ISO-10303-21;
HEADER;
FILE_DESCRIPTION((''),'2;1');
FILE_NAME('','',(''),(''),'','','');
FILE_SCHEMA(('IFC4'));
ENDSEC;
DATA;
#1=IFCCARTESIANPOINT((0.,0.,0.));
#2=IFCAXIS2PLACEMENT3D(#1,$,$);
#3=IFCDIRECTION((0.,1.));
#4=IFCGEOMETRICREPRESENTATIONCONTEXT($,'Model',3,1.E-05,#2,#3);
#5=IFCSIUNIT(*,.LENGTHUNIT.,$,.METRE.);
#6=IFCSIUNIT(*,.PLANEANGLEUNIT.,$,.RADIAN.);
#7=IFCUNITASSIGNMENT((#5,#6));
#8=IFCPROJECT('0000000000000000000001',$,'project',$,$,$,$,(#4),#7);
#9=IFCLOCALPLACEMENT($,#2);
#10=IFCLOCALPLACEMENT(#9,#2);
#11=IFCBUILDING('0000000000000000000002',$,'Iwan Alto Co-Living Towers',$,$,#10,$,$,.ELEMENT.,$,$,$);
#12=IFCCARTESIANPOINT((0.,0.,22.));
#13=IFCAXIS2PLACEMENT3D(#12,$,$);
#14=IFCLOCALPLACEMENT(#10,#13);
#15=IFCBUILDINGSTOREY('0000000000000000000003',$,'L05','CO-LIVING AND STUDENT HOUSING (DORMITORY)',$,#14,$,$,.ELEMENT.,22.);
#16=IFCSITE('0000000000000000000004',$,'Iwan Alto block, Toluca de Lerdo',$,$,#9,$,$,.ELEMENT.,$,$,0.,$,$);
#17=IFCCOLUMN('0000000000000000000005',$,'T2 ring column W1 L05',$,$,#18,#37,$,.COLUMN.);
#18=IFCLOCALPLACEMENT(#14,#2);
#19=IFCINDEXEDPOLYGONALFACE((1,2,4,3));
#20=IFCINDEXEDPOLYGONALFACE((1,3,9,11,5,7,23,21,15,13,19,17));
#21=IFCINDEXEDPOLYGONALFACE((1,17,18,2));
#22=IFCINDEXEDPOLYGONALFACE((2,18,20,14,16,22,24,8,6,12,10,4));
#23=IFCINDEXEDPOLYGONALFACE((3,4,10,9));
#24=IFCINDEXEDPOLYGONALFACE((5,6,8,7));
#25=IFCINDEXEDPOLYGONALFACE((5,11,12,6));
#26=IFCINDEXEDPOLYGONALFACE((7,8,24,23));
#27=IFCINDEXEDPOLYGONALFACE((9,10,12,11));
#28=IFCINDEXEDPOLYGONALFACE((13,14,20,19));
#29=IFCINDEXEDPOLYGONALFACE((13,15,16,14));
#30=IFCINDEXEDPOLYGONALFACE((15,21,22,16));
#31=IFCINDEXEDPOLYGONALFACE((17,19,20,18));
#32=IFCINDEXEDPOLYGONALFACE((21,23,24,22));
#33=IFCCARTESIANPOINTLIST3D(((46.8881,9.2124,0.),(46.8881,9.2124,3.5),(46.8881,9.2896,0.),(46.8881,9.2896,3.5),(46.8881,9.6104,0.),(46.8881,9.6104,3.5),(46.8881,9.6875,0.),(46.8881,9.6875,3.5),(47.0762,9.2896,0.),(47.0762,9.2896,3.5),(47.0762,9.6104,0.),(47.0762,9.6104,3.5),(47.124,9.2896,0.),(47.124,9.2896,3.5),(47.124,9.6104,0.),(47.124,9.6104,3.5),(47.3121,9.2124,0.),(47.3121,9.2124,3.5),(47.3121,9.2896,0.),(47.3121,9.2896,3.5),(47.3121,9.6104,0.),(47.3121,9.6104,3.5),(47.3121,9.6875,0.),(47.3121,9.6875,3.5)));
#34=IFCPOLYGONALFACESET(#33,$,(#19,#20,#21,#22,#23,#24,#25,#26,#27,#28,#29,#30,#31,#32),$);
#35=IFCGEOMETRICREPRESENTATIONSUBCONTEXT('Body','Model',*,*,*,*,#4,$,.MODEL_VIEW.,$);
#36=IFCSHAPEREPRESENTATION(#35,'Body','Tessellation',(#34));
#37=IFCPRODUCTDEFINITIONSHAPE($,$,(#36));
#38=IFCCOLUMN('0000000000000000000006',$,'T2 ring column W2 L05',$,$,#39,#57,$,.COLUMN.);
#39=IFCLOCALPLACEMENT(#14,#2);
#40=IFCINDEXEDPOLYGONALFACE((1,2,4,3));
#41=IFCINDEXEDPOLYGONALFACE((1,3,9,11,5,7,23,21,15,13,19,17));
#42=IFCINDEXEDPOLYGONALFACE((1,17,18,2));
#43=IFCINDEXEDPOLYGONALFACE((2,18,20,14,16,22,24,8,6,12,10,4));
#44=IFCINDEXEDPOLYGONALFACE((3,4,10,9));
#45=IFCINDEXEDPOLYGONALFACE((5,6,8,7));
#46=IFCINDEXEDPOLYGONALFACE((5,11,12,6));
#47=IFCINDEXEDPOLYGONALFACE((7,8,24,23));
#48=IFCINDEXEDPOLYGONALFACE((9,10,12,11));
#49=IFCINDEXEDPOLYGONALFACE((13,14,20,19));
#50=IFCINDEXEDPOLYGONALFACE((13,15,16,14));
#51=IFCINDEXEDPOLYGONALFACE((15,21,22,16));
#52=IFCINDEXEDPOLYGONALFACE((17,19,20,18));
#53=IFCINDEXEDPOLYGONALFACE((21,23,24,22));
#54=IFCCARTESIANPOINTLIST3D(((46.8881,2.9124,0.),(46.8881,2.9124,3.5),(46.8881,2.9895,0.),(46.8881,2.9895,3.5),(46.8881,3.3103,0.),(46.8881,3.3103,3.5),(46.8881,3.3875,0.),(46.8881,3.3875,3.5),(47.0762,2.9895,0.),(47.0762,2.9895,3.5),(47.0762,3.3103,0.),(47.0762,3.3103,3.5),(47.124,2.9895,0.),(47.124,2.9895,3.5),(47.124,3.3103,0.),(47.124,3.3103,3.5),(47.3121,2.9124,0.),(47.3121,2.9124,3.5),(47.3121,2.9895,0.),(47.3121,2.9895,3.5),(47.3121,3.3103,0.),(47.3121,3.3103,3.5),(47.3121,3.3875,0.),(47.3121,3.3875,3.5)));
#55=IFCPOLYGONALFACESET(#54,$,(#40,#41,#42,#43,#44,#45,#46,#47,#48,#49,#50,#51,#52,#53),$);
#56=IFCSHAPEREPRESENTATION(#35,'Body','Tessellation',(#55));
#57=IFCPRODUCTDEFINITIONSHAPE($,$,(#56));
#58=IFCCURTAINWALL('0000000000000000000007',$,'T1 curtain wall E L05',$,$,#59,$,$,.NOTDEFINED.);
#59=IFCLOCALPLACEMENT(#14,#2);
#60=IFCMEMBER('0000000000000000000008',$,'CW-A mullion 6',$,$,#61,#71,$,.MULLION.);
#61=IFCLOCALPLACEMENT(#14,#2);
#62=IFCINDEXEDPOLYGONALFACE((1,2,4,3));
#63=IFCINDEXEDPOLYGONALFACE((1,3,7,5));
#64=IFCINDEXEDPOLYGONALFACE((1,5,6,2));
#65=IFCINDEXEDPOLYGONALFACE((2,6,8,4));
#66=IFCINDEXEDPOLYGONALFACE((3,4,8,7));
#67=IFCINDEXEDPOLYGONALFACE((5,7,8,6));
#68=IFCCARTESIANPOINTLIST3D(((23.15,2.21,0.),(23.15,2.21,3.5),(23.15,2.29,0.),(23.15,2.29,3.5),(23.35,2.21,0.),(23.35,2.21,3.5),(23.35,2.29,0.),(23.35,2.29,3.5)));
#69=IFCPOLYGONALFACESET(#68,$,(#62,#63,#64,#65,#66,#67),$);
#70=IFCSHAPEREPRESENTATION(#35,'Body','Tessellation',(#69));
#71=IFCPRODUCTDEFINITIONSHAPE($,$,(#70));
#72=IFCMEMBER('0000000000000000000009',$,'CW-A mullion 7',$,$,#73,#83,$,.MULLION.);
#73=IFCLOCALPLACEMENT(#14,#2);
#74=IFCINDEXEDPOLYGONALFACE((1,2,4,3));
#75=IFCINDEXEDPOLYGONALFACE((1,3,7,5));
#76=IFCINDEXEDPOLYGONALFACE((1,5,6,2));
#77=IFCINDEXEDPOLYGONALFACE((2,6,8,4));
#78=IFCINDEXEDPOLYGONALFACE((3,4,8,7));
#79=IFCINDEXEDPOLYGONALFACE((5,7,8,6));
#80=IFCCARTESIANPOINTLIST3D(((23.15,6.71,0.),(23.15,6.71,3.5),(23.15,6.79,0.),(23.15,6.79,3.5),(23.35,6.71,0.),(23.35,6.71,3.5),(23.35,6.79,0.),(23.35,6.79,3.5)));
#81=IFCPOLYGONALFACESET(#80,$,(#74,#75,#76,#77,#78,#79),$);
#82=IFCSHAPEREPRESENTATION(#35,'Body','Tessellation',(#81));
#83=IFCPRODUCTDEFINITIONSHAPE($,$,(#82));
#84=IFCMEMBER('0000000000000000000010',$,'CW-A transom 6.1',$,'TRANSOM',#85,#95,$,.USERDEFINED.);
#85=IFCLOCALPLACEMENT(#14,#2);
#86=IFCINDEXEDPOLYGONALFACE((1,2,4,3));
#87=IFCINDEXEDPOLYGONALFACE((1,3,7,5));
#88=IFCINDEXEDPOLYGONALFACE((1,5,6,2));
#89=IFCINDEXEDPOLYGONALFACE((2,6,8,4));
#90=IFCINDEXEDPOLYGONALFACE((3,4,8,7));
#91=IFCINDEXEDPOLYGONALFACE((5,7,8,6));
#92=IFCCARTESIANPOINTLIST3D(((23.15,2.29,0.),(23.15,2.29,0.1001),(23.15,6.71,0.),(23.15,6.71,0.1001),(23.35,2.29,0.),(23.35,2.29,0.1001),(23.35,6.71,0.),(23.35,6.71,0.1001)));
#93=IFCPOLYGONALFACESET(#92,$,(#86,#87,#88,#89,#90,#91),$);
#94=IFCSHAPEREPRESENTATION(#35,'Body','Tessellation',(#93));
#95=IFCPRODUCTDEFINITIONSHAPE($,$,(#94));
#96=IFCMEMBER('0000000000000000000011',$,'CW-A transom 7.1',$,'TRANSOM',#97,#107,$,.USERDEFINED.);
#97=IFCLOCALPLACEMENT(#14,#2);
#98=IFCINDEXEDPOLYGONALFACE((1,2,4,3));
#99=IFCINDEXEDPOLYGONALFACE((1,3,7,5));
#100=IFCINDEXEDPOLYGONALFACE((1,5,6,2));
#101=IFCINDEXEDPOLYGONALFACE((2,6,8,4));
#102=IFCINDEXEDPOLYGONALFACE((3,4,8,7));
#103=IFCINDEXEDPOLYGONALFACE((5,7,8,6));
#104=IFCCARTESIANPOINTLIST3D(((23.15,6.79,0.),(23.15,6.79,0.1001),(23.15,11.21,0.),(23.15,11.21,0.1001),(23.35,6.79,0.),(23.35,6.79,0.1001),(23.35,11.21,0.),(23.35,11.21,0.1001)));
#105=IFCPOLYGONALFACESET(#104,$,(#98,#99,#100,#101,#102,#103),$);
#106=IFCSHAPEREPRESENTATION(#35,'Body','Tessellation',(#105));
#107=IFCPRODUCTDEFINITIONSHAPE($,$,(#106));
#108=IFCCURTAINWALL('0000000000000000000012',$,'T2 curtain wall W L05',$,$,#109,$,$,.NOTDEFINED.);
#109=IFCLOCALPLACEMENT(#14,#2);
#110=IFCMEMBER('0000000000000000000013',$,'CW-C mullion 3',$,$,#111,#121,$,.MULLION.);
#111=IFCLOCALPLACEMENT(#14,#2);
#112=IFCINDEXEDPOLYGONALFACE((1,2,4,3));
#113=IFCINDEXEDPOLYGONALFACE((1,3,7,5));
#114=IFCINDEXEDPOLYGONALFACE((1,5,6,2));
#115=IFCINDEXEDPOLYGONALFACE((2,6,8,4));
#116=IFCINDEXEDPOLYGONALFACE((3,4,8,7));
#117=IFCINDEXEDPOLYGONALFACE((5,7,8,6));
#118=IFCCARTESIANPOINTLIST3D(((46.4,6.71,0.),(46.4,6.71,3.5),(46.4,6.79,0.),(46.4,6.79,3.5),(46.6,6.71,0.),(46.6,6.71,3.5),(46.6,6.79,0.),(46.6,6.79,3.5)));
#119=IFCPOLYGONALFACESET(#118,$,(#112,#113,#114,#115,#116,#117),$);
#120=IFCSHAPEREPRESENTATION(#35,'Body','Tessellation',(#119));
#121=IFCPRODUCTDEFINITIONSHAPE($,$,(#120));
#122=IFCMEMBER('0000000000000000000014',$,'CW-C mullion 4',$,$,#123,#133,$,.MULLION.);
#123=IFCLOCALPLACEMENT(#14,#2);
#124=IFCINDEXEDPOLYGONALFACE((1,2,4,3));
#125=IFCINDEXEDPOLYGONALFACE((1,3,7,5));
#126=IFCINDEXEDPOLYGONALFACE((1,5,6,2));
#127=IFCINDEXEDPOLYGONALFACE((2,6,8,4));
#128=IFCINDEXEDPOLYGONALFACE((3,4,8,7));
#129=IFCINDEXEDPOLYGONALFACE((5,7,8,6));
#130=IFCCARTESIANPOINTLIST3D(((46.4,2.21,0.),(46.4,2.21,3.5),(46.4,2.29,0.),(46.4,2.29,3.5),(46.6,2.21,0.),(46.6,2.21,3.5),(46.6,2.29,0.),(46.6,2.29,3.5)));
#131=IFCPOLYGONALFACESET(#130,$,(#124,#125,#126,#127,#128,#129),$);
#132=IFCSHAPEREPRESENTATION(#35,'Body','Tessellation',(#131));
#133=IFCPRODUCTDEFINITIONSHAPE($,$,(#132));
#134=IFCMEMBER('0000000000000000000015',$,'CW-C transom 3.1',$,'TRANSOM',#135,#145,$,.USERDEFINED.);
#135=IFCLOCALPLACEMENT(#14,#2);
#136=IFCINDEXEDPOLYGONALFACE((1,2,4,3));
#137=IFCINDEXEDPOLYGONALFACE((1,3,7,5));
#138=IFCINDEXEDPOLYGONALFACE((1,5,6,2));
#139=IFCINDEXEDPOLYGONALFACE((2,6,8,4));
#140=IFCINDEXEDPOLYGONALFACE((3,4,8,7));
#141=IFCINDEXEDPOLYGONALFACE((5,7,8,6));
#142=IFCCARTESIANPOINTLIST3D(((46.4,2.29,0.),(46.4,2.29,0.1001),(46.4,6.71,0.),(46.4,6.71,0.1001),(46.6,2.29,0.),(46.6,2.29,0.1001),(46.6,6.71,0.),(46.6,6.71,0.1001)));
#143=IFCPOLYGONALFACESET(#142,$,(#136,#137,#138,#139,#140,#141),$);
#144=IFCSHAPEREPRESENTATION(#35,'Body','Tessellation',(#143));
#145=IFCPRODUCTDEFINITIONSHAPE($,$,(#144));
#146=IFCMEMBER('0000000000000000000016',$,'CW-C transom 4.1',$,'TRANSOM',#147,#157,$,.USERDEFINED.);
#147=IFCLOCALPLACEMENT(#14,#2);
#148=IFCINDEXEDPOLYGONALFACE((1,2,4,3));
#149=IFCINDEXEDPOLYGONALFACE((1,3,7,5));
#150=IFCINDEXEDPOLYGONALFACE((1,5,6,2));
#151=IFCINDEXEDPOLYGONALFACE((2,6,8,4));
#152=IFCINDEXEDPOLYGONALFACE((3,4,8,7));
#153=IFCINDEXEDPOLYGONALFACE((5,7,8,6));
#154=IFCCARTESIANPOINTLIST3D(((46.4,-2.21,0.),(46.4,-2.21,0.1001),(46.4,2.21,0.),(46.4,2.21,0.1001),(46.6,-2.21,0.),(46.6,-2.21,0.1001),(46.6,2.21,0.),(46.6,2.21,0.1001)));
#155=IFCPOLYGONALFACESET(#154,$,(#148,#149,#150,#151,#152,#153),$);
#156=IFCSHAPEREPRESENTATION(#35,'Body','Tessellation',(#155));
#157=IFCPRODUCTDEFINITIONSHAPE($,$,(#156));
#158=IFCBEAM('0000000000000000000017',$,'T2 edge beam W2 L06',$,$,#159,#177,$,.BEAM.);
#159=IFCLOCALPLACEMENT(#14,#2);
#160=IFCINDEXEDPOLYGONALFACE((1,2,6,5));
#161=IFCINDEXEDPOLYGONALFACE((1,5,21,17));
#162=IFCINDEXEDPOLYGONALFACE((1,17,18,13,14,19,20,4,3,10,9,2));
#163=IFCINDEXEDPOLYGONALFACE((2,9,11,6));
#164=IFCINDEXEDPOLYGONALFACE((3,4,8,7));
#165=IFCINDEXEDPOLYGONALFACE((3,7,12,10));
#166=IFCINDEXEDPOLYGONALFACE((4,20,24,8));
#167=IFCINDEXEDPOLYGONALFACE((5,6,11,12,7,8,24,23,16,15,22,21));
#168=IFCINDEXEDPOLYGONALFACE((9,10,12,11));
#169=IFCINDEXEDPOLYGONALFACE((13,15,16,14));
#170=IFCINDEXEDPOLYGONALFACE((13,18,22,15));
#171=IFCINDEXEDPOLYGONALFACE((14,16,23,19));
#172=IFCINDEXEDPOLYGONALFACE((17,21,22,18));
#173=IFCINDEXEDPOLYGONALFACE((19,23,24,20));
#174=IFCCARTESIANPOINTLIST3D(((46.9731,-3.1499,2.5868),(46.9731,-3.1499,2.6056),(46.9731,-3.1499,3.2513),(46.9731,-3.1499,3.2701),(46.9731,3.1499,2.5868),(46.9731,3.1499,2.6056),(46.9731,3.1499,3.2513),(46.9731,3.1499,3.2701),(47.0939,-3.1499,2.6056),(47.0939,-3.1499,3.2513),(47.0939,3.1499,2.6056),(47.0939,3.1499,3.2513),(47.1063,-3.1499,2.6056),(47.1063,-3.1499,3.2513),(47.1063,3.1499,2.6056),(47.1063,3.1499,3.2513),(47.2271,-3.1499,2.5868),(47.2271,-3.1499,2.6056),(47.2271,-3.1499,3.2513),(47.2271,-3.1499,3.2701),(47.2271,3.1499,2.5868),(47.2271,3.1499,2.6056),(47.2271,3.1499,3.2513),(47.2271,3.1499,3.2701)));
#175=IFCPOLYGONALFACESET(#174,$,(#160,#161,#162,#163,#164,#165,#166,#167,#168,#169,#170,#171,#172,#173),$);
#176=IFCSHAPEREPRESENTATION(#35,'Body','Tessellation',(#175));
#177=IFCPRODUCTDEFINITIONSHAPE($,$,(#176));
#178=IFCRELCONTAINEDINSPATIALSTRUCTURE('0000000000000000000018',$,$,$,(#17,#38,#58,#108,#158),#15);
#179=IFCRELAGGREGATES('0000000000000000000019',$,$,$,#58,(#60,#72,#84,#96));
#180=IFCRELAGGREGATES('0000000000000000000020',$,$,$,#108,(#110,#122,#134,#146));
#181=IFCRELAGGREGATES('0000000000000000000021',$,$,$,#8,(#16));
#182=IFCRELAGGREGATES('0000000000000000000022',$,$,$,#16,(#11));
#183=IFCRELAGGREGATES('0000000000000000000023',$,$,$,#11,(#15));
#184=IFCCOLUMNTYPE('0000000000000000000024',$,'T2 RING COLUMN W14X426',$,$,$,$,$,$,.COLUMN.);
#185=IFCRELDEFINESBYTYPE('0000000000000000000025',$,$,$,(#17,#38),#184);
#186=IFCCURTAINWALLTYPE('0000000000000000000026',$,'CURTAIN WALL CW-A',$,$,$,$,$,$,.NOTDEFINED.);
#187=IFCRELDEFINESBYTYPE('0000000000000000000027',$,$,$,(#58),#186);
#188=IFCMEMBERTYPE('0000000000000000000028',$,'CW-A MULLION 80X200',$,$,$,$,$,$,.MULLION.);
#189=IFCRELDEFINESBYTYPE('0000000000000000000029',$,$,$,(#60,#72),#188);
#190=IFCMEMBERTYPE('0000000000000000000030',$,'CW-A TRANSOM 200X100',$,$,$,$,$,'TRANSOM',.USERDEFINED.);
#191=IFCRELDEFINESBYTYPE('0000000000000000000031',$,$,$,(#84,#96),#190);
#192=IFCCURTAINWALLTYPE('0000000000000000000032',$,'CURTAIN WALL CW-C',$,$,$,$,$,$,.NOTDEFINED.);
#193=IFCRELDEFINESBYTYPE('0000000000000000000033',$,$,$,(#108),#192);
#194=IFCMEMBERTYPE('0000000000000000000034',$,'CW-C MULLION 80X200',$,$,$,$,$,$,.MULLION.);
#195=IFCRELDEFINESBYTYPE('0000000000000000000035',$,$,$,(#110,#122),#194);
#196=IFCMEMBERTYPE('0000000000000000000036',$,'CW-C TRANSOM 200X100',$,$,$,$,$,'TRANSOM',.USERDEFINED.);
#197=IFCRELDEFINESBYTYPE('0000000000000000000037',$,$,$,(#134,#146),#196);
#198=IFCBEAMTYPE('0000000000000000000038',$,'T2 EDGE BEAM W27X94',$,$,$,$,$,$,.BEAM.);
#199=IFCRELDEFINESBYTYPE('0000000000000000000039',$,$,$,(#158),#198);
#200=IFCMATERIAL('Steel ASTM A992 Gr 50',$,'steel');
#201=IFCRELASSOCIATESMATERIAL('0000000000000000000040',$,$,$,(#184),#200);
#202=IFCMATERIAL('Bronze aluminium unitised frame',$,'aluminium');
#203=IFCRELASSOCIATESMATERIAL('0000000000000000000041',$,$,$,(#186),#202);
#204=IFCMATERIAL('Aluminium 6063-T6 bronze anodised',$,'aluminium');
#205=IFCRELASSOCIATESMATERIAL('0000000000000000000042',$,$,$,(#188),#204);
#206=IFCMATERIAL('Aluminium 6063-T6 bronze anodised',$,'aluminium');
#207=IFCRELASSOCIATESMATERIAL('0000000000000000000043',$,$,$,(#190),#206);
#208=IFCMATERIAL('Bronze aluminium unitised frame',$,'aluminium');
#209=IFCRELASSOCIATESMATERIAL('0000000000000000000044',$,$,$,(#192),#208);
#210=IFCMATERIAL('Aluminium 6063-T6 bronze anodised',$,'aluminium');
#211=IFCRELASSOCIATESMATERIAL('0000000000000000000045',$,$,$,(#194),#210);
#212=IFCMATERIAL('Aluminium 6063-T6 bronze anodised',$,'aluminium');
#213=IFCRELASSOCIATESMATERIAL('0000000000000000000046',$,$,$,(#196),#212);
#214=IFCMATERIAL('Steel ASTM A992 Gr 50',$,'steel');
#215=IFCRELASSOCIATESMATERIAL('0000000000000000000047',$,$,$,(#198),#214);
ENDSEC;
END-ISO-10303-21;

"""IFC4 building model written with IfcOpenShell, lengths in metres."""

from ifc_helpers import new_model, si_unit, direction, frame, origin, origin_2d, place, context, subcontext, project, spatial, rectangle, i_section, extrude, material, material_profile, profile_set, type_object, element, aggregate, save


model = new_model("IFC4")

# Units and contexts
model_context = context("Model", 3, precision=1e-05, world=origin(), true_north=direction((0.0, 1.0)))
body_context = subcontext(model_context, "Body", "Model", "MODEL_VIEW")
ifc_project = project(units=[si_unit("LENGTHUNIT", "METRE"), si_unit("PLANEANGLEUNIT", "RADIAN")], contexts=[model_context])

# Site, building, storey
site_placement = place(None, origin())
site = spatial("IfcSite", under=ifc_project, at=site_placement, Name="Iwan Alto block, Toluca de Lerdo", CompositionType="ELEMENT", RefElevation=0.0)
building_placement = place(site_placement, origin())
building = spatial("IfcBuilding", under=site, at=building_placement, Name="Iwan Alto Co-Living Towers", CompositionType="ELEMENT")
storey_placement = place(building_placement, frame((0.0, 0.0, 22.0)))
storey = spatial("IfcBuildingStorey", under=building, at=storey_placement, Name="L05", Description="CO-LIVING AND STUDENT HOUSING (DORMITORY)", CompositionType="ELEMENT", Elevation=22.0)

# Columns
ifc_material_1 = material(Name="Steel ASTM A992 Gr 50", Category="steel")
ifc_material_profile_1 = material_profile(ifc_material_1, i_section(OverallWidth=0.4241, OverallDepth=0.4751, WebThickness=0.0479, FlangeThickness=0.0771, at=origin_2d()), Name="W14X426")
ifc_profile_set_1 = profile_set([ifc_material_profile_1], Name="Steel ASTM A992 Gr 50")
column_type = type_object("IfcColumnType", Name="T2 RING COLUMN W14X426", PredefinedType="COLUMN", material=ifc_profile_set_1)
for number, where, z_axis, x_axis, name in (
    (1, (47.1001, 9.45, 0.0), (0.0, 0.0, 1.0), (1.0, 0.0, 0.0), "T2 ring column W1 L05"),
    (2, (47.1001, 3.1499, 0.0), (0.0, 0.0, 1.0), (1.0, 0.0, 0.0), "T2 ring column W2 L05"),
):
    element("IfcColumn", number, at=place(storey_placement, frame(where, z_axis=z_axis, x_axis=x_axis)), inside=storey, type_object=column_type, Name=name, PredefinedType="COLUMN", context=body_context, shape_type="SweptSolid", body=[
        extrude(i_section(OverallWidth=0.4241, OverallDepth=0.4751, WebThickness=0.0479, FlangeThickness=0.0771, at=origin_2d()), origin(), (0.0, 0.0, 1.0), 3.5),
    ])

# Curtain walls, members
ifc_material_2 = material(Name="Bronze aluminium unitised frame", Category="aluminium")
curtain_wall_type_1 = type_object("IfcCurtainWallType", Name="CURTAIN WALL CW-A", PredefinedType="NOTDEFINED", material=ifc_material_2)
curtain_wall_1_placement = place(storey_placement, origin())
curtain_wall_1 = element("IfcCurtainWall", 3, at=curtain_wall_1_placement, inside=storey, type_object=curtain_wall_type_1, Name="T1 curtain wall E L05", PredefinedType="NOTDEFINED")
ifc_material_3 = material(Name="Aluminium 6063-T6 bronze anodised", Category="aluminium")
ifc_material_profile_2 = material_profile(ifc_material_3, rectangle(XDim=0.2, YDim=0.0801, at=origin_2d()), Name="AL 80X200")
ifc_profile_set_2 = profile_set([ifc_material_profile_2], Name="Aluminium 6063-T6 bronze anodised")
member_type_1 = type_object("IfcMemberType", Name="CW-A MULLION 80X200", PredefinedType="MULLION", material=ifc_profile_set_2)
member_1_placement = place(storey_placement, frame((23.25, 2.25, 0.0), z_axis=(0.0, 0.0, 1.0), x_axis=(-1.0, 0.0, 0.0)))
member_1 = element("IfcMember", 4, at=member_1_placement, type_object=member_type_1, Name="CW-A mullion 6", PredefinedType="MULLION", context=body_context, shape_type="SweptSolid", body=[
    extrude(rectangle(XDim=0.2, YDim=0.0801, at=origin_2d()), origin(), (0.0, 0.0, 1.0), 3.5),
])
member_2_placement = place(storey_placement, frame((23.25, 6.75, 0.0), z_axis=(0.0, 0.0, 1.0), x_axis=(-1.0, 0.0, 0.0)))
member_2 = element("IfcMember", 5, at=member_2_placement, type_object=member_type_1, Name="CW-A mullion 7", PredefinedType="MULLION", context=body_context, shape_type="SweptSolid", body=[
    extrude(rectangle(XDim=0.2, YDim=0.0801, at=origin_2d()), origin(), (0.0, 0.0, 1.0), 3.5),
])
ifc_material_4 = material(Name="Aluminium 6063-T6 bronze anodised", Category="aluminium")
ifc_material_profile_3 = material_profile(ifc_material_4, rectangle(XDim=0.2, YDim=0.1001, at=origin_2d()), Name="AL 200X100")
ifc_profile_set_3 = profile_set([ifc_material_profile_3], Name="Aluminium 6063-T6 bronze anodised")
member_type_2 = type_object("IfcMemberType", Name="CW-A TRANSOM 200X100", ElementType="TRANSOM", PredefinedType="USERDEFINED", material=ifc_profile_set_3)
member_3_placement = place(storey_placement, frame((23.25, 2.29, 0.05), z_axis=(0.0, 1.0, 0.0), x_axis=(-1.0, 0.0, 0.0)))
member_3 = element("IfcMember", 6, at=member_3_placement, type_object=member_type_2, Name="CW-A transom 6.1", ObjectType="TRANSOM", PredefinedType="USERDEFINED", context=body_context, shape_type="SweptSolid", body=[
    extrude(rectangle(XDim=0.2, YDim=0.1001, at=origin_2d()), origin(), (0.0, 0.0, 1.0), 4.4199),
])
member_4_placement = place(storey_placement, frame((23.25, 6.79, 0.05), z_axis=(0.0, 1.0, 0.0), x_axis=(-1.0, 0.0, 0.0)))
member_4 = element("IfcMember", 7, at=member_4_placement, type_object=member_type_2, Name="CW-A transom 7.1", ObjectType="TRANSOM", PredefinedType="USERDEFINED", context=body_context, shape_type="SweptSolid", body=[
    extrude(rectangle(XDim=0.2, YDim=0.1001, at=origin_2d()), origin(), (0.0, 0.0, 1.0), 4.4199),
])
ifc_material_5 = material(Name="Bronze aluminium unitised frame", Category="aluminium")
curtain_wall_type_2 = type_object("IfcCurtainWallType", Name="CURTAIN WALL CW-C", PredefinedType="NOTDEFINED", material=ifc_material_5)
curtain_wall_2_placement = place(storey_placement, origin())
curtain_wall_2 = element("IfcCurtainWall", 8, at=curtain_wall_2_placement, inside=storey, type_object=curtain_wall_type_2, Name="T2 curtain wall W L05", PredefinedType="NOTDEFINED")
ifc_material_6 = material(Name="Aluminium 6063-T6 bronze anodised", Category="aluminium")
ifc_material_profile_4 = material_profile(ifc_material_6, rectangle(XDim=0.2, YDim=0.0801, at=origin_2d()), Name="AL 80X200")
ifc_profile_set_4 = profile_set([ifc_material_profile_4], Name="Aluminium 6063-T6 bronze anodised")
member_type_3 = type_object("IfcMemberType", Name="CW-C MULLION 80X200", PredefinedType="MULLION", material=ifc_profile_set_4)
member_5_placement = place(storey_placement, frame((46.5, 6.75, 0.0), z_axis=(0.0, 0.0, 1.0), x_axis=(1.0, 0.0, 0.0)))
member_5 = element("IfcMember", 9, at=member_5_placement, type_object=member_type_3, Name="CW-C mullion 3", PredefinedType="MULLION", context=body_context, shape_type="SweptSolid", body=[
    extrude(rectangle(XDim=0.2, YDim=0.0801, at=origin_2d()), origin(), (0.0, 0.0, 1.0), 3.5),
])
member_6_placement = place(storey_placement, frame((46.5, 2.25, 0.0), z_axis=(0.0, 0.0, 1.0), x_axis=(1.0, 0.0, 0.0)))
member_6 = element("IfcMember", 10, at=member_6_placement, type_object=member_type_3, Name="CW-C mullion 4", PredefinedType="MULLION", context=body_context, shape_type="SweptSolid", body=[
    extrude(rectangle(XDim=0.2, YDim=0.0801, at=origin_2d()), origin(), (0.0, 0.0, 1.0), 3.5),
])
ifc_material_7 = material(Name="Aluminium 6063-T6 bronze anodised", Category="aluminium")
ifc_material_profile_5 = material_profile(ifc_material_7, rectangle(XDim=0.2, YDim=0.1001, at=origin_2d()), Name="AL 200X100")
ifc_profile_set_5 = profile_set([ifc_material_profile_5], Name="Aluminium 6063-T6 bronze anodised")
member_type_4 = type_object("IfcMemberType", Name="CW-C TRANSOM 200X100", ElementType="TRANSOM", PredefinedType="USERDEFINED", material=ifc_profile_set_5)
member_7_placement = place(storey_placement, frame((46.5, 6.71, 0.05), z_axis=(0.0, -1.0, 0.0), x_axis=(1.0, 0.0, 0.0)))
member_7 = element("IfcMember", 11, at=member_7_placement, type_object=member_type_4, Name="CW-C transom 3.1", ObjectType="TRANSOM", PredefinedType="USERDEFINED", context=body_context, shape_type="SweptSolid", body=[
    extrude(rectangle(XDim=0.2, YDim=0.1001, at=origin_2d()), origin(), (0.0, 0.0, 1.0), 4.4199),
])
member_8_placement = place(storey_placement, frame((46.5, 2.21, 0.05), z_axis=(0.0, -1.0, 0.0), x_axis=(1.0, 0.0, 0.0)))
member_8 = element("IfcMember", 12, at=member_8_placement, type_object=member_type_4, Name="CW-C transom 4.1", ObjectType="TRANSOM", PredefinedType="USERDEFINED", context=body_context, shape_type="SweptSolid", body=[
    extrude(rectangle(XDim=0.2, YDim=0.1001, at=origin_2d()), origin(), (0.0, 0.0, 1.0), 4.4199),
])

# Beam
ifc_material_8 = material(Name="Steel ASTM A992 Gr 50", Category="steel")
ifc_material_profile_6 = material_profile(ifc_material_8, i_section(OverallWidth=0.2539, OverallDepth=0.6833, WebThickness=0.0125, FlangeThickness=0.0188, at=origin_2d()), Name="W27X94")
ifc_profile_set_6 = profile_set([ifc_material_profile_6], Name="Steel ASTM A992 Gr 50")
beam_type_1 = type_object("IfcBeamType", Name="T2 EDGE BEAM W27X94", PredefinedType="BEAM", material=ifc_profile_set_6)
beam_1_placement = place(storey_placement, frame((47.1001, 3.1499, 2.9285), z_axis=(0.0, -1.0, 0.0), x_axis=(1.0, 0.0, 0.0)))
element("IfcBeam", 13, at=beam_1_placement, inside=storey, type_object=beam_type_1, Name="T2 edge beam W2 L06", PredefinedType="BEAM", context=body_context, shape_type="SweptSolid", body=[
    extrude(i_section(OverallWidth=0.2539, OverallDepth=0.6833, WebThickness=0.0125, FlangeThickness=0.0188, at=origin_2d()), origin(), (0.0, 0.0, 1.0), 6.2998),
])

aggregate(curtain_wall_1, [member_1, member_2, member_3, member_4])
aggregate(curtain_wall_2, [member_5, member_6, member_7, member_8])

save(model, "model.ifc")
